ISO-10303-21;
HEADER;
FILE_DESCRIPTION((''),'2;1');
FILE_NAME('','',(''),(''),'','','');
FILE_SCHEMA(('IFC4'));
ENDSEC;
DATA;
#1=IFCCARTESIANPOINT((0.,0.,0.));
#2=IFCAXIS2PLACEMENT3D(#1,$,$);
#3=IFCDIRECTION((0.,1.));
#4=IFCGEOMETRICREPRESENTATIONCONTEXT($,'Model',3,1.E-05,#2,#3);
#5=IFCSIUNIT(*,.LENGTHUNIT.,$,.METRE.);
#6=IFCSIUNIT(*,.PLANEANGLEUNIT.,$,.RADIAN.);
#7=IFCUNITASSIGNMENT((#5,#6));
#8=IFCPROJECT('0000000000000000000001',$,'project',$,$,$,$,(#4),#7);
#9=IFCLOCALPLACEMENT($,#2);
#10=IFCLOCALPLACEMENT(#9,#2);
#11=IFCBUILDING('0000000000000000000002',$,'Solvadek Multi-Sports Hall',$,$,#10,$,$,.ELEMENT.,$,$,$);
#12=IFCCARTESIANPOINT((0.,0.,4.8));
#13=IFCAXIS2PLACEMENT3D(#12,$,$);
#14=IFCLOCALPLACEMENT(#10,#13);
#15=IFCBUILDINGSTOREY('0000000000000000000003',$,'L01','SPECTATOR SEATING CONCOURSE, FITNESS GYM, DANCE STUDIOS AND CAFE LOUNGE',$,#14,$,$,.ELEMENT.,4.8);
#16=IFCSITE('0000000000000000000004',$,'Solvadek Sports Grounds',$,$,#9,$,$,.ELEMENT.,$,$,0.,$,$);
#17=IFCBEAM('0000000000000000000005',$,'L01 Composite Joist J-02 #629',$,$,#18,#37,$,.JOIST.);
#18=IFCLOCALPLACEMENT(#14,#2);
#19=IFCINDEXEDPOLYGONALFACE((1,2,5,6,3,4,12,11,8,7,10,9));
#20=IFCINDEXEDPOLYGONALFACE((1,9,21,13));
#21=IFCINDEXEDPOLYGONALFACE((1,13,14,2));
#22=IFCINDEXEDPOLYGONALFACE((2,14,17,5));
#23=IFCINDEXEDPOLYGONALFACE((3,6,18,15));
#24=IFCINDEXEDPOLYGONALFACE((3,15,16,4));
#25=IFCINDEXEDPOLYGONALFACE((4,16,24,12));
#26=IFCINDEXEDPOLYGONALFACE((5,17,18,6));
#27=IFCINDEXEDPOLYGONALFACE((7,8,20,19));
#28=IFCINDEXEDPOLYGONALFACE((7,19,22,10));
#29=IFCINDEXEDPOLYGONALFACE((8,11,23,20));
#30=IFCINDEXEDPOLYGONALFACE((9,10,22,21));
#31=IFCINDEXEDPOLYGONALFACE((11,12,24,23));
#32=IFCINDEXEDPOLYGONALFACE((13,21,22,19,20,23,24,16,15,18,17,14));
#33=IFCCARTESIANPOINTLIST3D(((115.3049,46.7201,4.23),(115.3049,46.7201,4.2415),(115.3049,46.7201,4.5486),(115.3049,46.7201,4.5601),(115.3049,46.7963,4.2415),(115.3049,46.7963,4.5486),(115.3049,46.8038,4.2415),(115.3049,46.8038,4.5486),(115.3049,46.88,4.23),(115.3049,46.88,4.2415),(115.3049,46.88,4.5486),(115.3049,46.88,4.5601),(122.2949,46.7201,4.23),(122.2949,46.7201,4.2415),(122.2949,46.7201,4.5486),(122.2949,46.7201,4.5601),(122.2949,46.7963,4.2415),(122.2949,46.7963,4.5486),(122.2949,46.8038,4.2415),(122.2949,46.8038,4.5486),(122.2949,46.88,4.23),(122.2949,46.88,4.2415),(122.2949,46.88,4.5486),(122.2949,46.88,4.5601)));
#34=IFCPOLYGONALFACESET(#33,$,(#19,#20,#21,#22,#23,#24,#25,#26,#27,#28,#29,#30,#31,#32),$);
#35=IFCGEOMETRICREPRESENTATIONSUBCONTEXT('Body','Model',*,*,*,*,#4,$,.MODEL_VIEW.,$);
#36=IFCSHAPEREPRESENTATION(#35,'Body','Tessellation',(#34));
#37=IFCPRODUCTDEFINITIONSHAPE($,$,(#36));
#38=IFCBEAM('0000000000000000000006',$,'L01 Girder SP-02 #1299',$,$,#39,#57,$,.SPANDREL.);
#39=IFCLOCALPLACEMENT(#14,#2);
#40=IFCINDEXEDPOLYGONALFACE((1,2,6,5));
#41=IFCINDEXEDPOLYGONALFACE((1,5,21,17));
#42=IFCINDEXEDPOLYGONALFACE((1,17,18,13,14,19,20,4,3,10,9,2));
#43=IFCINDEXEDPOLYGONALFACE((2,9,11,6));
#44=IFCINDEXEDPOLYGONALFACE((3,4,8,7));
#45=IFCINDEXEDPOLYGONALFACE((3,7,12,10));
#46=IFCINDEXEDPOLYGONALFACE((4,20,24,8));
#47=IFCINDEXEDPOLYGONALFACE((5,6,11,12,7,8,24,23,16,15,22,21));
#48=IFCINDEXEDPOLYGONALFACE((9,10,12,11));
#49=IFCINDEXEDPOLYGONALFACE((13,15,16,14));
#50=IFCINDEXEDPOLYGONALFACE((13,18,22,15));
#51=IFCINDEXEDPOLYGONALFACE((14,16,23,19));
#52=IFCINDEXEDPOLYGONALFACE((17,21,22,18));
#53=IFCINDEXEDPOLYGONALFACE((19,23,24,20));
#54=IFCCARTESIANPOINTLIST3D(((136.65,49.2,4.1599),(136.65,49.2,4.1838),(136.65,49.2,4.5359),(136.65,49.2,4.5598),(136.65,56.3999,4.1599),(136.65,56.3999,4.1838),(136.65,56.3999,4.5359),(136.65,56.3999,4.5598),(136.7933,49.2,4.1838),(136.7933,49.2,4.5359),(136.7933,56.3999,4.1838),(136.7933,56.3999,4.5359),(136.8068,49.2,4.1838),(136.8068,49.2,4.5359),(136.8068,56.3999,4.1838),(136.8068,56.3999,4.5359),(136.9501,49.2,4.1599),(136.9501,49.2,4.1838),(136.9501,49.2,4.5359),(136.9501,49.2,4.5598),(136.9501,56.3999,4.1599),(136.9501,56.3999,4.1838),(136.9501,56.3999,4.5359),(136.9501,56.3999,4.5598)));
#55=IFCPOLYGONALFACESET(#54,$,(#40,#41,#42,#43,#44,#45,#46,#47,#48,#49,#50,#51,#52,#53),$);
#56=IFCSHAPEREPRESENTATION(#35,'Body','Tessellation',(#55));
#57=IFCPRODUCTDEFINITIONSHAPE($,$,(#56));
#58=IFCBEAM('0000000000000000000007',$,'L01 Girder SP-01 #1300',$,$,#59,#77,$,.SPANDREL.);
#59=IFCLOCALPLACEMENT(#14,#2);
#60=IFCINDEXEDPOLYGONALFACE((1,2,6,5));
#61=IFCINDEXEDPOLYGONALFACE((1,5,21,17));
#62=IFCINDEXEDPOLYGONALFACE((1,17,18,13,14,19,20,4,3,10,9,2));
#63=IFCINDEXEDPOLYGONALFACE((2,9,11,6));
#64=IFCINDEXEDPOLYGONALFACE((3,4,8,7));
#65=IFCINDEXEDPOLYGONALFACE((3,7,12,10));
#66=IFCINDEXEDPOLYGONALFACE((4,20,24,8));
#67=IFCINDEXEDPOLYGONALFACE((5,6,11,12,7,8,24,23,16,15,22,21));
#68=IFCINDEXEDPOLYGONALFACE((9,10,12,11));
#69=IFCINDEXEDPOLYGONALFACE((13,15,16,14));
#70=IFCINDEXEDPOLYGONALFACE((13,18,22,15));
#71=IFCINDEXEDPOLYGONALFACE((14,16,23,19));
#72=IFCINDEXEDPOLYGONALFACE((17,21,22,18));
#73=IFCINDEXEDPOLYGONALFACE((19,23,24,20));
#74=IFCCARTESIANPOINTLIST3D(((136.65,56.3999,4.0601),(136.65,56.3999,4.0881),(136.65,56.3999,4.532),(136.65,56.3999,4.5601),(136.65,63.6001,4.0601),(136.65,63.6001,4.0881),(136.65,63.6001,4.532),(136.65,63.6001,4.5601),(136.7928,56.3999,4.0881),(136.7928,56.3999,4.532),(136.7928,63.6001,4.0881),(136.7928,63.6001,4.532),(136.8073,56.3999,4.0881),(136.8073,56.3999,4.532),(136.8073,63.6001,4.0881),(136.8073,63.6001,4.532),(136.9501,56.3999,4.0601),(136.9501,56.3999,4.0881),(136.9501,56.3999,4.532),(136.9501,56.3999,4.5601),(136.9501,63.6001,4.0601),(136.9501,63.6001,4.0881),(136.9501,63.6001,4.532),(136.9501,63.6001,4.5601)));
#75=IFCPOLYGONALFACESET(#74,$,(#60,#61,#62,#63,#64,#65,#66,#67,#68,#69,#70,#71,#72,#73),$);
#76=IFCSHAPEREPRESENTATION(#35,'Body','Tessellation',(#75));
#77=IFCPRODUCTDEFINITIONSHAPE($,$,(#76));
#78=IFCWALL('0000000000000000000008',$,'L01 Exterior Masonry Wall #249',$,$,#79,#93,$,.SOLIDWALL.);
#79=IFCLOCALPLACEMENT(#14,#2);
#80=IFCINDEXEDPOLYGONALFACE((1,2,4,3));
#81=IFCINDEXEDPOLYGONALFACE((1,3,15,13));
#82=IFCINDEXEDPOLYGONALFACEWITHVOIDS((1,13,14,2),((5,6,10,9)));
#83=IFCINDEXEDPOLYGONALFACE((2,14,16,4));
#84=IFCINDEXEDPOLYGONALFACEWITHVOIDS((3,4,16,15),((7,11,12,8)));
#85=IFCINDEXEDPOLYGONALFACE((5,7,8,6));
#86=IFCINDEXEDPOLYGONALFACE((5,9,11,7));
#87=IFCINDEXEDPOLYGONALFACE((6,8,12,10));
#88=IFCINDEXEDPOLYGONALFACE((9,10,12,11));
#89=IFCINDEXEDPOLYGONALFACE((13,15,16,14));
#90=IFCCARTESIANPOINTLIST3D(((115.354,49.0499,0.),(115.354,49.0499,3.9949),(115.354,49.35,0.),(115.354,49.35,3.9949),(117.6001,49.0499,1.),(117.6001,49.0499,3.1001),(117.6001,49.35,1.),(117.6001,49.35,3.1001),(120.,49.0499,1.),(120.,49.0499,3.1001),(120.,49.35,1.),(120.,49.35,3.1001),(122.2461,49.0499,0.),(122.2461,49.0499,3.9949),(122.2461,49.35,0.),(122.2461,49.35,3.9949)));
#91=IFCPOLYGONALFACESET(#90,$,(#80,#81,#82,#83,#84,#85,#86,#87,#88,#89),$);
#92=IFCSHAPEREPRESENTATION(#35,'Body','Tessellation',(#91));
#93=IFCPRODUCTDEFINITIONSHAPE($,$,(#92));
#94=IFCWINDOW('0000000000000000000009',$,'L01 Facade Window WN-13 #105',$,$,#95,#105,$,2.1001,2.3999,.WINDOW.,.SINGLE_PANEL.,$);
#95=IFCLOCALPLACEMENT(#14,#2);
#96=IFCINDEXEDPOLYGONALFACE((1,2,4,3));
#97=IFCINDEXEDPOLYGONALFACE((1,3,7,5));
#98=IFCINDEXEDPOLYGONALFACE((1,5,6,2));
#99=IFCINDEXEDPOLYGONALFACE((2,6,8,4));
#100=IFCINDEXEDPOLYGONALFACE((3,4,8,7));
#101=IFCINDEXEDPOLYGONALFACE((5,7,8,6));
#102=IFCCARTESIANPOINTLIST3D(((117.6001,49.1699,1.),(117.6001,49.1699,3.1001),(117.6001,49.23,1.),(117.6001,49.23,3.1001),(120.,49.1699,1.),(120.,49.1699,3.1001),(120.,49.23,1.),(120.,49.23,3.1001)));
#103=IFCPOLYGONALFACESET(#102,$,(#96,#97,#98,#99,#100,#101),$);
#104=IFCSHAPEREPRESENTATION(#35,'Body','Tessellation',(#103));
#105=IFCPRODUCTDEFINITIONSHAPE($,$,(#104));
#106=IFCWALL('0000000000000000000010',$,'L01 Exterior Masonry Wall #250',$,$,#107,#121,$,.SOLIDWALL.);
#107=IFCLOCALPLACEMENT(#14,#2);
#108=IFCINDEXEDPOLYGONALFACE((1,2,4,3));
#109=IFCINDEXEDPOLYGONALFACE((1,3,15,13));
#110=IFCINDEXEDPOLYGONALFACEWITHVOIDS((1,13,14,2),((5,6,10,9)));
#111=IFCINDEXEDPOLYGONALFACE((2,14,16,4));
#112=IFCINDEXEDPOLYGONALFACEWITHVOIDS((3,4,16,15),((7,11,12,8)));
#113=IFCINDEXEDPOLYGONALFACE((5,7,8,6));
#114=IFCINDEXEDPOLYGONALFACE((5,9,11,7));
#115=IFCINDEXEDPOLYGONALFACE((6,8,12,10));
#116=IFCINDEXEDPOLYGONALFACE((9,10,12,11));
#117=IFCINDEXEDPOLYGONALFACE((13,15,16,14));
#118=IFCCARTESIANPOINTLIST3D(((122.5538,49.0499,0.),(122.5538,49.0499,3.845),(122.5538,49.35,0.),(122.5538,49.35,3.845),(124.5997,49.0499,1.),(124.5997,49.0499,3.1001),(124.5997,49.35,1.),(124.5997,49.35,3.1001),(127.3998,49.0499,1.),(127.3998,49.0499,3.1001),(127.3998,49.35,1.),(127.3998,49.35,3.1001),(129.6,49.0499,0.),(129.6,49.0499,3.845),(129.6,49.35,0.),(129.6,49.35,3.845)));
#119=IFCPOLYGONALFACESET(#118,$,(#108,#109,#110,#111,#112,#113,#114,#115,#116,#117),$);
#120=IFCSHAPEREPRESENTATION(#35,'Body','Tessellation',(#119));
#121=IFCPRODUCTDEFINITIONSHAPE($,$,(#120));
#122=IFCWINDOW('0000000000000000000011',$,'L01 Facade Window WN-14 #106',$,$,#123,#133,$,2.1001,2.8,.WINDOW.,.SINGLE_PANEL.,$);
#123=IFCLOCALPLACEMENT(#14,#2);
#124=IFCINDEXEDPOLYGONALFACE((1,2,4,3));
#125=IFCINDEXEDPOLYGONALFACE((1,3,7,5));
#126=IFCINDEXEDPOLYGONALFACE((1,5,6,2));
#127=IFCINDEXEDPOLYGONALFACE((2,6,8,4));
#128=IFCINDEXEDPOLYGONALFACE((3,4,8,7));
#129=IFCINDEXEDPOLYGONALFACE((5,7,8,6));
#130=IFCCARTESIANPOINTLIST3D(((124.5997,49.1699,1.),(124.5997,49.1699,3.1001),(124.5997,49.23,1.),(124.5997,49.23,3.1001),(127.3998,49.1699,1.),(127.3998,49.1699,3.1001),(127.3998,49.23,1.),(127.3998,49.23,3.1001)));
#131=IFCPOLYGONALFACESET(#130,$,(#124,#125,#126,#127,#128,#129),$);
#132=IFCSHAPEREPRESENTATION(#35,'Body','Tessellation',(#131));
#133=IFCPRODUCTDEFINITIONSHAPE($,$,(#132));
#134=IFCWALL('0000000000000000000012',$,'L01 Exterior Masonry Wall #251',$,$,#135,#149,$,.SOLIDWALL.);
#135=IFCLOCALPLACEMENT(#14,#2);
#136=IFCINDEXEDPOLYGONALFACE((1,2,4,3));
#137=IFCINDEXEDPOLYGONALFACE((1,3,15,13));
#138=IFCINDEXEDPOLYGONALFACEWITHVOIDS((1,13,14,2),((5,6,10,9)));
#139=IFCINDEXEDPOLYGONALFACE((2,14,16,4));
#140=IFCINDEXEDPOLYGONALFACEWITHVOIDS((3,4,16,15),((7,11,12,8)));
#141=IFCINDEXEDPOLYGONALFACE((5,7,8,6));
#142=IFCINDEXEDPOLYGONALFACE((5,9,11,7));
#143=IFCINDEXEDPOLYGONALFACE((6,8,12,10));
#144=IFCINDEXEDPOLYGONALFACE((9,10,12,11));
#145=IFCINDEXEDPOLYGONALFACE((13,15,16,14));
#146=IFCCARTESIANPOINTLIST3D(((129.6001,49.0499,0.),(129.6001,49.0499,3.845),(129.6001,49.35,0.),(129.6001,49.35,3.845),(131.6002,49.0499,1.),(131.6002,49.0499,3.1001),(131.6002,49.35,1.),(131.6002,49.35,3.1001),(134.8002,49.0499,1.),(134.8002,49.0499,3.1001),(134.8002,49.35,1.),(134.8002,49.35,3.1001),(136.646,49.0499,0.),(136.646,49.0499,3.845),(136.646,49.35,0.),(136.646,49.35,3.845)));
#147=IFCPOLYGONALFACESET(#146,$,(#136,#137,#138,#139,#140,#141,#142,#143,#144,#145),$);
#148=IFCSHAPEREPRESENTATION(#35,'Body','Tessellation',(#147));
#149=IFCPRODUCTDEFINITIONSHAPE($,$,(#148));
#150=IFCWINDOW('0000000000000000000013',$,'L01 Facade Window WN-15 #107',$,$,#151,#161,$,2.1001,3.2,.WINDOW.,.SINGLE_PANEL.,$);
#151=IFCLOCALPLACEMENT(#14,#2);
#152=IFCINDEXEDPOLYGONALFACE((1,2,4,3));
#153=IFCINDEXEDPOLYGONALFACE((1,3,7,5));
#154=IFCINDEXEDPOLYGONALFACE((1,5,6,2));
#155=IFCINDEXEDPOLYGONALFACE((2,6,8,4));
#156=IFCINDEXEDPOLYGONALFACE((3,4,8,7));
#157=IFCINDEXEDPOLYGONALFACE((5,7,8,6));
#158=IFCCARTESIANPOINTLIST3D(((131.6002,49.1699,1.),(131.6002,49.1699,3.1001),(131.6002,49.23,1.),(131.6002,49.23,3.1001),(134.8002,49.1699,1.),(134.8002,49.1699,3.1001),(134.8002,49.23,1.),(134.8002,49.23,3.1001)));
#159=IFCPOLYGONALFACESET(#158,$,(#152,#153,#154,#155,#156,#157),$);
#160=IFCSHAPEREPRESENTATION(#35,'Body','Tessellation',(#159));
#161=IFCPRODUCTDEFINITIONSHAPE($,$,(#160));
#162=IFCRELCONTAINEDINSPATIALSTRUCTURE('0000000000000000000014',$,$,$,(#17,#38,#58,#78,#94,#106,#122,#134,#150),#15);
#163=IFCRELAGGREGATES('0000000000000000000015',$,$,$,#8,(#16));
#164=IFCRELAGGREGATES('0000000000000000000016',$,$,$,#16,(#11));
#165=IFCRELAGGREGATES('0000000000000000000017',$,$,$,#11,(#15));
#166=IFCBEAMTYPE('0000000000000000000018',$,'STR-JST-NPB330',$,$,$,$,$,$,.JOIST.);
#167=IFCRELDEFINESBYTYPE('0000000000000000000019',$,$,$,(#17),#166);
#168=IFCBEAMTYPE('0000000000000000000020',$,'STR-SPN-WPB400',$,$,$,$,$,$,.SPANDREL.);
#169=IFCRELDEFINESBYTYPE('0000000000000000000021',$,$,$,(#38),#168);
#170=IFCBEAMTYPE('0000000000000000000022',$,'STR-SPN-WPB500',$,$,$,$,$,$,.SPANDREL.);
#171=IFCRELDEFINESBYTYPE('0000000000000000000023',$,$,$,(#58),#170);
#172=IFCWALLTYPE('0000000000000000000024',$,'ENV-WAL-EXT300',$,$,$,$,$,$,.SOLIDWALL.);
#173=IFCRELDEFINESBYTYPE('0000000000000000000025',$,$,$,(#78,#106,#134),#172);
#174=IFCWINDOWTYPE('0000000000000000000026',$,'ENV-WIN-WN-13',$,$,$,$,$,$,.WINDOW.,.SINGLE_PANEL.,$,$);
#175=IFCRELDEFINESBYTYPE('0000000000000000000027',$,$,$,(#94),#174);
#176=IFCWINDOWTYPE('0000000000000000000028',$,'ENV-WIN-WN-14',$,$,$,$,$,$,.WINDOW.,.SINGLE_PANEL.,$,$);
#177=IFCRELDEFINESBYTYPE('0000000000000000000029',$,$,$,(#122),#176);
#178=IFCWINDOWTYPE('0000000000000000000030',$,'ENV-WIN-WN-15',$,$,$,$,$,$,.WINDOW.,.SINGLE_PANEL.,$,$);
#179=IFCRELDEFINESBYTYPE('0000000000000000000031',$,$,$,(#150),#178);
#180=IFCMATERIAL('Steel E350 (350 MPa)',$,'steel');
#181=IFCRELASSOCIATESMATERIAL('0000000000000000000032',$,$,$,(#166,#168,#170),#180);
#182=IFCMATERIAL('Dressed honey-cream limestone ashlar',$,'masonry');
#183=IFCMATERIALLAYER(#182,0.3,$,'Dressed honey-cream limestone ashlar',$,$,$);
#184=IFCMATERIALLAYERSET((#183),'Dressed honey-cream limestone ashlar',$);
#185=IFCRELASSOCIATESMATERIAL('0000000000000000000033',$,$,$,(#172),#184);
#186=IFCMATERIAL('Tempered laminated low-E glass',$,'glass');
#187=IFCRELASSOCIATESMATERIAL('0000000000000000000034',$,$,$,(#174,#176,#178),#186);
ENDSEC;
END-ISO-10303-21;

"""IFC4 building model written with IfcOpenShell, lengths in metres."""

from ifc_helpers import new_model, si_unit, direction, frame, frame_2d, origin, origin_2d, place, context, subcontext, project, spatial, rectangle, i_section, extrude, material, layer, layer_set, material_profile, profile_set, type_object, element, fill, save


model = new_model("IFC4")

# Units and contexts
model_context = context("Model", 3, precision=1e-05, world=origin(), true_north=direction((0.0, 1.0)))
body_context = subcontext(model_context, "Body", "Model", "MODEL_VIEW")
ifc_project = project(units=[si_unit("LENGTHUNIT", "METRE"), si_unit("PLANEANGLEUNIT", "RADIAN")], contexts=[model_context])

# Site, building, storey
site_placement = place(None, origin())
site = spatial("IfcSite", under=ifc_project, at=site_placement, Name="Solvadek Sports Grounds", CompositionType="ELEMENT", RefElevation=0.0)
building_placement = place(site_placement, origin())
building = spatial("IfcBuilding", under=site, at=building_placement, Name="Solvadek Multi-Sports Hall", CompositionType="ELEMENT")
storey_placement = place(building_placement, frame((0.0, 0.0, 4.8)))
storey = spatial("IfcBuildingStorey", under=building, at=storey_placement, Name="L01", Description="SPECTATOR SEATING CONCOURSE, FITNESS GYM, DANCE STUDIOS AND CAFE LOUNGE", CompositionType="ELEMENT", Elevation=4.8)

# Shared definitions
ifc_material_1 = material(Name="Steel E350 (350 MPa)", Category="steel")

# Beams
ifc_material_profile_1 = material_profile(ifc_material_1, i_section(OverallWidth=0.1599, OverallDepth=0.3301, WebThickness=0.0076, FlangeThickness=0.0115, at=origin_2d()), Name="NPB 330")
ifc_profile_set_1 = profile_set([ifc_material_profile_1], Name="Steel E350 (350 MPa)")
beam_type_1 = type_object("IfcBeamType", Name="STR-JST-NPB330", PredefinedType="JOIST", material=ifc_profile_set_1)
for number, where, z_axis, x_axis, name in (
    (1, (115.3049, 46.8, 4.395), (1.0, 0.0, 0.0), (0.0, 1.0, 0.0), "L01 Composite Joist J-02 #629"),
):
    element("IfcBeam", number, at=place(storey_placement, frame(where, z_axis=z_axis, x_axis=x_axis)), inside=storey, type_object=beam_type_1, Name=name, PredefinedType="JOIST", context=body_context, shape_type="SweptSolid", body=[
        extrude(i_section(OverallWidth=0.1599, OverallDepth=0.3301, WebThickness=0.0076, FlangeThickness=0.0115, at=origin_2d()), origin(), (0.0, 0.0, 1.0), 6.99),
    ])
ifc_material_profile_2 = material_profile(ifc_material_1, i_section(OverallWidth=0.3, OverallDepth=0.3999, WebThickness=0.0134, FlangeThickness=0.0239, at=origin_2d()), Name="WPB 400")
ifc_profile_set_2 = profile_set([ifc_material_profile_2], Name="Steel E350 (350 MPa)")
beam_type_2 = type_object("IfcBeamType", Name="STR-SPN-WPB400", PredefinedType="SPANDREL", material=ifc_profile_set_2)
beam_1_placement = place(storey_placement, frame((136.8, 49.2, 4.3599), z_axis=(0.0, 1.0, 0.0), x_axis=(-1.0, 0.0, 0.0)))
element("IfcBeam", 2, at=beam_1_placement, inside=storey, type_object=beam_type_2, Name="L01 Girder SP-02 #1299", PredefinedType="SPANDREL", context=body_context, shape_type="SweptSolid", body=[
    extrude(i_section(OverallWidth=0.3, OverallDepth=0.3999, WebThickness=0.0134, FlangeThickness=0.0239, at=origin_2d()), origin(), (0.0, 0.0, 1.0), 7.2),
])
ifc_material_profile_3 = material_profile(ifc_material_1, i_section(OverallWidth=0.3, OverallDepth=0.5, WebThickness=0.0144, FlangeThickness=0.0281, at=origin_2d()), Name="WPB 500")
ifc_profile_set_3 = profile_set([ifc_material_profile_3], Name="Steel E350 (350 MPa)")
beam_type_3 = type_object("IfcBeamType", Name="STR-SPN-WPB500", PredefinedType="SPANDREL", material=ifc_profile_set_3)
beam_2_placement = place(storey_placement, frame((136.8, 56.3999, 4.3101), z_axis=(0.0, 1.0, 0.0), x_axis=(-1.0, 0.0, 0.0)))
element("IfcBeam", 3, at=beam_2_placement, inside=storey, type_object=beam_type_3, Name="L01 Girder SP-01 #1300", PredefinedType="SPANDREL", context=body_context, shape_type="SweptSolid", body=[
    extrude(i_section(OverallWidth=0.3, OverallDepth=0.5, WebThickness=0.0144, FlangeThickness=0.0281, at=origin_2d()), origin(), (0.0, 0.0, 1.0), 7.2002),
])

# Walls, openings, windows
ifc_material_2 = material(Name="Dressed honey-cream limestone ashlar", Category="masonry")
ifc_layer_1 = layer(ifc_material_2, 0.3, Name="Dressed honey-cream limestone ashlar")
ifc_layer_set_1 = layer_set([ifc_layer_1], Name="Dressed honey-cream limestone ashlar")
wall_type_1 = type_object("IfcWallType", Name="ENV-WAL-EXT300", PredefinedType="SOLIDWALL", material=ifc_layer_set_1)
wall_1_placement = place(storey_placement, frame((115.354, 49.2, 0.0), z_axis=(0.0, 0.0, 1.0), x_axis=(1.0, 0.0, 0.0)))
wall_1 = element("IfcWall", 4, at=wall_1_placement, inside=storey, type_object=wall_type_1, Name="L01 Exterior Masonry Wall #249", PredefinedType="SOLIDWALL", context=body_context, shape_type="SweptSolid", body=[
    extrude(rectangle(XDim=6.8921, YDim=0.3, at=frame_2d((3.446, 0.0))), origin(), (0.0, 0.0, 1.0), 3.9949),
])
opening_1_placement = place(wall_1_placement, frame((2.2461, 0.0, 1.0)))
opening_1 = element("IfcOpeningElement", 5, at=opening_1_placement, cuts=wall_1, PredefinedType="OPENING", context=body_context, shape_type="SweptSolid", body=[
    extrude(rectangle(XDim=2.3999, YDim=2.1001, at=frame_2d((1.2, 1.05))), frame((0.0, 0.1599, 0.0), z_axis=(0.0, -1.0, 0.0), x_axis=(1.0, 0.0, 0.0)), (0.0, 0.0, 1.0), 0.3201),
])
ifc_material_3 = material(Name="Tempered laminated low-E glass", Category="glass")
window_type_1 = type_object("IfcWindowType", Name="ENV-WIN-WN-13", PartitioningType="SINGLE_PANEL", PredefinedType="WINDOW", material=ifc_material_3)
window_1_placement = place(opening_1_placement, origin())
window_1 = element("IfcWindow", 6, at=window_1_placement, inside=storey, type_object=window_type_1, Name="L01 Facade Window WN-13 #105", OverallHeight=2.1001, OverallWidth=2.3999, PartitioningType="SINGLE_PANEL", PredefinedType="WINDOW", context=body_context, shape_type="SweptSolid", body=[
    extrude(rectangle(XDim=2.3999, YDim=2.1001, at=frame_2d((1.2, 1.05))), frame((0.0, 0.03, 0.0), z_axis=(0.0, -1.0, 0.0), x_axis=(1.0, 0.0, 0.0)), (0.0, 0.0, 1.0), 0.0601),
])
fill(opening_1, window_1)
wall_2_placement = place(storey_placement, frame((122.554, 49.2, 0.0), z_axis=(0.0, 0.0, 1.0), x_axis=(1.0, 0.0, 0.0)))
wall_2 = element("IfcWall", 7, at=wall_2_placement, inside=storey, type_object=wall_type_1, Name="L01 Exterior Masonry Wall #250", PredefinedType="SOLIDWALL", context=body_context, shape_type="SweptSolid", body=[
    extrude(rectangle(XDim=7.0461, YDim=0.3, at=frame_2d((3.5229, 0.0))), origin(), (0.0, 0.0, 1.0), 3.845),
])
opening_2_placement = place(wall_2_placement, frame((2.0459, 0.0, 1.0)))
opening_2 = element("IfcOpeningElement", 8, at=opening_2_placement, cuts=wall_2, PredefinedType="OPENING", context=body_context, shape_type="SweptSolid", body=[
    extrude(rectangle(XDim=2.8, YDim=2.1001, at=frame_2d((1.3999, 1.05))), frame((0.0, 0.1599, 0.0), z_axis=(0.0, -1.0, 0.0), x_axis=(1.0, 0.0, 0.0)), (0.0, 0.0, 1.0), 0.3201),
])
window_type_2 = type_object("IfcWindowType", Name="ENV-WIN-WN-14", PartitioningType="SINGLE_PANEL", PredefinedType="WINDOW", material=ifc_material_3)
window_2_placement = place(opening_2_placement, origin())
window_2 = element("IfcWindow", 9, at=window_2_placement, inside=storey, type_object=window_type_2, Name="L01 Facade Window WN-14 #106", OverallHeight=2.1001, OverallWidth=2.8, PartitioningType="SINGLE_PANEL", PredefinedType="WINDOW", context=body_context, shape_type="SweptSolid", body=[
    extrude(rectangle(XDim=2.8, YDim=2.1001, at=frame_2d((1.3999, 1.05))), frame((0.0, 0.03, 0.0), z_axis=(0.0, -1.0, 0.0), x_axis=(1.0, 0.0, 0.0)), (0.0, 0.0, 1.0), 0.0601),
])
fill(opening_2, window_2)
wall_3_placement = place(storey_placement, frame((129.6001, 49.2, 0.0), z_axis=(0.0, 0.0, 1.0), x_axis=(1.0, 0.0, 0.0)))
wall_3 = element("IfcWall", 10, at=wall_3_placement, inside=storey, type_object=wall_type_1, Name="L01 Exterior Masonry Wall #251", PredefinedType="SOLIDWALL", context=body_context, shape_type="SweptSolid", body=[
    extrude(rectangle(XDim=7.0459, YDim=0.3, at=frame_2d((3.5229, 0.0))), origin(), (0.0, 0.0, 1.0), 3.845),
])
opening_3_placement = place(wall_3_placement, frame((2.0, 0.0, 1.0)))
opening_3 = element("IfcOpeningElement", 11, at=opening_3_placement, cuts=wall_3, PredefinedType="OPENING", context=body_context, shape_type="SweptSolid", body=[
    extrude(rectangle(XDim=3.2, YDim=2.1001, at=frame_2d((1.6001, 1.05))), frame((0.0, 0.1599, 0.0), z_axis=(0.0, -1.0, 0.0), x_axis=(1.0, 0.0, 0.0)), (0.0, 0.0, 1.0), 0.3201),
])
window_type_3 = type_object("IfcWindowType", Name="ENV-WIN-WN-15", PartitioningType="SINGLE_PANEL", PredefinedType="WINDOW", material=ifc_material_3)
window_3_placement = place(opening_3_placement, origin())
window_3 = element("IfcWindow", 12, at=window_3_placement, inside=storey, type_object=window_type_3, Name="L01 Facade Window WN-15 #107", OverallHeight=2.1001, OverallWidth=3.2, PartitioningType="SINGLE_PANEL", PredefinedType="WINDOW", context=body_context, shape_type="SweptSolid", body=[
    extrude(rectangle(XDim=3.2, YDim=2.1001, at=frame_2d((1.6001, 1.05))), frame((0.0, 0.03, 0.0), z_axis=(0.0, -1.0, 0.0), x_axis=(1.0, 0.0, 0.0)), (0.0, 0.0, 1.0), 0.0601),
])
fill(opening_3, window_3)

save(model, "model.ifc")
